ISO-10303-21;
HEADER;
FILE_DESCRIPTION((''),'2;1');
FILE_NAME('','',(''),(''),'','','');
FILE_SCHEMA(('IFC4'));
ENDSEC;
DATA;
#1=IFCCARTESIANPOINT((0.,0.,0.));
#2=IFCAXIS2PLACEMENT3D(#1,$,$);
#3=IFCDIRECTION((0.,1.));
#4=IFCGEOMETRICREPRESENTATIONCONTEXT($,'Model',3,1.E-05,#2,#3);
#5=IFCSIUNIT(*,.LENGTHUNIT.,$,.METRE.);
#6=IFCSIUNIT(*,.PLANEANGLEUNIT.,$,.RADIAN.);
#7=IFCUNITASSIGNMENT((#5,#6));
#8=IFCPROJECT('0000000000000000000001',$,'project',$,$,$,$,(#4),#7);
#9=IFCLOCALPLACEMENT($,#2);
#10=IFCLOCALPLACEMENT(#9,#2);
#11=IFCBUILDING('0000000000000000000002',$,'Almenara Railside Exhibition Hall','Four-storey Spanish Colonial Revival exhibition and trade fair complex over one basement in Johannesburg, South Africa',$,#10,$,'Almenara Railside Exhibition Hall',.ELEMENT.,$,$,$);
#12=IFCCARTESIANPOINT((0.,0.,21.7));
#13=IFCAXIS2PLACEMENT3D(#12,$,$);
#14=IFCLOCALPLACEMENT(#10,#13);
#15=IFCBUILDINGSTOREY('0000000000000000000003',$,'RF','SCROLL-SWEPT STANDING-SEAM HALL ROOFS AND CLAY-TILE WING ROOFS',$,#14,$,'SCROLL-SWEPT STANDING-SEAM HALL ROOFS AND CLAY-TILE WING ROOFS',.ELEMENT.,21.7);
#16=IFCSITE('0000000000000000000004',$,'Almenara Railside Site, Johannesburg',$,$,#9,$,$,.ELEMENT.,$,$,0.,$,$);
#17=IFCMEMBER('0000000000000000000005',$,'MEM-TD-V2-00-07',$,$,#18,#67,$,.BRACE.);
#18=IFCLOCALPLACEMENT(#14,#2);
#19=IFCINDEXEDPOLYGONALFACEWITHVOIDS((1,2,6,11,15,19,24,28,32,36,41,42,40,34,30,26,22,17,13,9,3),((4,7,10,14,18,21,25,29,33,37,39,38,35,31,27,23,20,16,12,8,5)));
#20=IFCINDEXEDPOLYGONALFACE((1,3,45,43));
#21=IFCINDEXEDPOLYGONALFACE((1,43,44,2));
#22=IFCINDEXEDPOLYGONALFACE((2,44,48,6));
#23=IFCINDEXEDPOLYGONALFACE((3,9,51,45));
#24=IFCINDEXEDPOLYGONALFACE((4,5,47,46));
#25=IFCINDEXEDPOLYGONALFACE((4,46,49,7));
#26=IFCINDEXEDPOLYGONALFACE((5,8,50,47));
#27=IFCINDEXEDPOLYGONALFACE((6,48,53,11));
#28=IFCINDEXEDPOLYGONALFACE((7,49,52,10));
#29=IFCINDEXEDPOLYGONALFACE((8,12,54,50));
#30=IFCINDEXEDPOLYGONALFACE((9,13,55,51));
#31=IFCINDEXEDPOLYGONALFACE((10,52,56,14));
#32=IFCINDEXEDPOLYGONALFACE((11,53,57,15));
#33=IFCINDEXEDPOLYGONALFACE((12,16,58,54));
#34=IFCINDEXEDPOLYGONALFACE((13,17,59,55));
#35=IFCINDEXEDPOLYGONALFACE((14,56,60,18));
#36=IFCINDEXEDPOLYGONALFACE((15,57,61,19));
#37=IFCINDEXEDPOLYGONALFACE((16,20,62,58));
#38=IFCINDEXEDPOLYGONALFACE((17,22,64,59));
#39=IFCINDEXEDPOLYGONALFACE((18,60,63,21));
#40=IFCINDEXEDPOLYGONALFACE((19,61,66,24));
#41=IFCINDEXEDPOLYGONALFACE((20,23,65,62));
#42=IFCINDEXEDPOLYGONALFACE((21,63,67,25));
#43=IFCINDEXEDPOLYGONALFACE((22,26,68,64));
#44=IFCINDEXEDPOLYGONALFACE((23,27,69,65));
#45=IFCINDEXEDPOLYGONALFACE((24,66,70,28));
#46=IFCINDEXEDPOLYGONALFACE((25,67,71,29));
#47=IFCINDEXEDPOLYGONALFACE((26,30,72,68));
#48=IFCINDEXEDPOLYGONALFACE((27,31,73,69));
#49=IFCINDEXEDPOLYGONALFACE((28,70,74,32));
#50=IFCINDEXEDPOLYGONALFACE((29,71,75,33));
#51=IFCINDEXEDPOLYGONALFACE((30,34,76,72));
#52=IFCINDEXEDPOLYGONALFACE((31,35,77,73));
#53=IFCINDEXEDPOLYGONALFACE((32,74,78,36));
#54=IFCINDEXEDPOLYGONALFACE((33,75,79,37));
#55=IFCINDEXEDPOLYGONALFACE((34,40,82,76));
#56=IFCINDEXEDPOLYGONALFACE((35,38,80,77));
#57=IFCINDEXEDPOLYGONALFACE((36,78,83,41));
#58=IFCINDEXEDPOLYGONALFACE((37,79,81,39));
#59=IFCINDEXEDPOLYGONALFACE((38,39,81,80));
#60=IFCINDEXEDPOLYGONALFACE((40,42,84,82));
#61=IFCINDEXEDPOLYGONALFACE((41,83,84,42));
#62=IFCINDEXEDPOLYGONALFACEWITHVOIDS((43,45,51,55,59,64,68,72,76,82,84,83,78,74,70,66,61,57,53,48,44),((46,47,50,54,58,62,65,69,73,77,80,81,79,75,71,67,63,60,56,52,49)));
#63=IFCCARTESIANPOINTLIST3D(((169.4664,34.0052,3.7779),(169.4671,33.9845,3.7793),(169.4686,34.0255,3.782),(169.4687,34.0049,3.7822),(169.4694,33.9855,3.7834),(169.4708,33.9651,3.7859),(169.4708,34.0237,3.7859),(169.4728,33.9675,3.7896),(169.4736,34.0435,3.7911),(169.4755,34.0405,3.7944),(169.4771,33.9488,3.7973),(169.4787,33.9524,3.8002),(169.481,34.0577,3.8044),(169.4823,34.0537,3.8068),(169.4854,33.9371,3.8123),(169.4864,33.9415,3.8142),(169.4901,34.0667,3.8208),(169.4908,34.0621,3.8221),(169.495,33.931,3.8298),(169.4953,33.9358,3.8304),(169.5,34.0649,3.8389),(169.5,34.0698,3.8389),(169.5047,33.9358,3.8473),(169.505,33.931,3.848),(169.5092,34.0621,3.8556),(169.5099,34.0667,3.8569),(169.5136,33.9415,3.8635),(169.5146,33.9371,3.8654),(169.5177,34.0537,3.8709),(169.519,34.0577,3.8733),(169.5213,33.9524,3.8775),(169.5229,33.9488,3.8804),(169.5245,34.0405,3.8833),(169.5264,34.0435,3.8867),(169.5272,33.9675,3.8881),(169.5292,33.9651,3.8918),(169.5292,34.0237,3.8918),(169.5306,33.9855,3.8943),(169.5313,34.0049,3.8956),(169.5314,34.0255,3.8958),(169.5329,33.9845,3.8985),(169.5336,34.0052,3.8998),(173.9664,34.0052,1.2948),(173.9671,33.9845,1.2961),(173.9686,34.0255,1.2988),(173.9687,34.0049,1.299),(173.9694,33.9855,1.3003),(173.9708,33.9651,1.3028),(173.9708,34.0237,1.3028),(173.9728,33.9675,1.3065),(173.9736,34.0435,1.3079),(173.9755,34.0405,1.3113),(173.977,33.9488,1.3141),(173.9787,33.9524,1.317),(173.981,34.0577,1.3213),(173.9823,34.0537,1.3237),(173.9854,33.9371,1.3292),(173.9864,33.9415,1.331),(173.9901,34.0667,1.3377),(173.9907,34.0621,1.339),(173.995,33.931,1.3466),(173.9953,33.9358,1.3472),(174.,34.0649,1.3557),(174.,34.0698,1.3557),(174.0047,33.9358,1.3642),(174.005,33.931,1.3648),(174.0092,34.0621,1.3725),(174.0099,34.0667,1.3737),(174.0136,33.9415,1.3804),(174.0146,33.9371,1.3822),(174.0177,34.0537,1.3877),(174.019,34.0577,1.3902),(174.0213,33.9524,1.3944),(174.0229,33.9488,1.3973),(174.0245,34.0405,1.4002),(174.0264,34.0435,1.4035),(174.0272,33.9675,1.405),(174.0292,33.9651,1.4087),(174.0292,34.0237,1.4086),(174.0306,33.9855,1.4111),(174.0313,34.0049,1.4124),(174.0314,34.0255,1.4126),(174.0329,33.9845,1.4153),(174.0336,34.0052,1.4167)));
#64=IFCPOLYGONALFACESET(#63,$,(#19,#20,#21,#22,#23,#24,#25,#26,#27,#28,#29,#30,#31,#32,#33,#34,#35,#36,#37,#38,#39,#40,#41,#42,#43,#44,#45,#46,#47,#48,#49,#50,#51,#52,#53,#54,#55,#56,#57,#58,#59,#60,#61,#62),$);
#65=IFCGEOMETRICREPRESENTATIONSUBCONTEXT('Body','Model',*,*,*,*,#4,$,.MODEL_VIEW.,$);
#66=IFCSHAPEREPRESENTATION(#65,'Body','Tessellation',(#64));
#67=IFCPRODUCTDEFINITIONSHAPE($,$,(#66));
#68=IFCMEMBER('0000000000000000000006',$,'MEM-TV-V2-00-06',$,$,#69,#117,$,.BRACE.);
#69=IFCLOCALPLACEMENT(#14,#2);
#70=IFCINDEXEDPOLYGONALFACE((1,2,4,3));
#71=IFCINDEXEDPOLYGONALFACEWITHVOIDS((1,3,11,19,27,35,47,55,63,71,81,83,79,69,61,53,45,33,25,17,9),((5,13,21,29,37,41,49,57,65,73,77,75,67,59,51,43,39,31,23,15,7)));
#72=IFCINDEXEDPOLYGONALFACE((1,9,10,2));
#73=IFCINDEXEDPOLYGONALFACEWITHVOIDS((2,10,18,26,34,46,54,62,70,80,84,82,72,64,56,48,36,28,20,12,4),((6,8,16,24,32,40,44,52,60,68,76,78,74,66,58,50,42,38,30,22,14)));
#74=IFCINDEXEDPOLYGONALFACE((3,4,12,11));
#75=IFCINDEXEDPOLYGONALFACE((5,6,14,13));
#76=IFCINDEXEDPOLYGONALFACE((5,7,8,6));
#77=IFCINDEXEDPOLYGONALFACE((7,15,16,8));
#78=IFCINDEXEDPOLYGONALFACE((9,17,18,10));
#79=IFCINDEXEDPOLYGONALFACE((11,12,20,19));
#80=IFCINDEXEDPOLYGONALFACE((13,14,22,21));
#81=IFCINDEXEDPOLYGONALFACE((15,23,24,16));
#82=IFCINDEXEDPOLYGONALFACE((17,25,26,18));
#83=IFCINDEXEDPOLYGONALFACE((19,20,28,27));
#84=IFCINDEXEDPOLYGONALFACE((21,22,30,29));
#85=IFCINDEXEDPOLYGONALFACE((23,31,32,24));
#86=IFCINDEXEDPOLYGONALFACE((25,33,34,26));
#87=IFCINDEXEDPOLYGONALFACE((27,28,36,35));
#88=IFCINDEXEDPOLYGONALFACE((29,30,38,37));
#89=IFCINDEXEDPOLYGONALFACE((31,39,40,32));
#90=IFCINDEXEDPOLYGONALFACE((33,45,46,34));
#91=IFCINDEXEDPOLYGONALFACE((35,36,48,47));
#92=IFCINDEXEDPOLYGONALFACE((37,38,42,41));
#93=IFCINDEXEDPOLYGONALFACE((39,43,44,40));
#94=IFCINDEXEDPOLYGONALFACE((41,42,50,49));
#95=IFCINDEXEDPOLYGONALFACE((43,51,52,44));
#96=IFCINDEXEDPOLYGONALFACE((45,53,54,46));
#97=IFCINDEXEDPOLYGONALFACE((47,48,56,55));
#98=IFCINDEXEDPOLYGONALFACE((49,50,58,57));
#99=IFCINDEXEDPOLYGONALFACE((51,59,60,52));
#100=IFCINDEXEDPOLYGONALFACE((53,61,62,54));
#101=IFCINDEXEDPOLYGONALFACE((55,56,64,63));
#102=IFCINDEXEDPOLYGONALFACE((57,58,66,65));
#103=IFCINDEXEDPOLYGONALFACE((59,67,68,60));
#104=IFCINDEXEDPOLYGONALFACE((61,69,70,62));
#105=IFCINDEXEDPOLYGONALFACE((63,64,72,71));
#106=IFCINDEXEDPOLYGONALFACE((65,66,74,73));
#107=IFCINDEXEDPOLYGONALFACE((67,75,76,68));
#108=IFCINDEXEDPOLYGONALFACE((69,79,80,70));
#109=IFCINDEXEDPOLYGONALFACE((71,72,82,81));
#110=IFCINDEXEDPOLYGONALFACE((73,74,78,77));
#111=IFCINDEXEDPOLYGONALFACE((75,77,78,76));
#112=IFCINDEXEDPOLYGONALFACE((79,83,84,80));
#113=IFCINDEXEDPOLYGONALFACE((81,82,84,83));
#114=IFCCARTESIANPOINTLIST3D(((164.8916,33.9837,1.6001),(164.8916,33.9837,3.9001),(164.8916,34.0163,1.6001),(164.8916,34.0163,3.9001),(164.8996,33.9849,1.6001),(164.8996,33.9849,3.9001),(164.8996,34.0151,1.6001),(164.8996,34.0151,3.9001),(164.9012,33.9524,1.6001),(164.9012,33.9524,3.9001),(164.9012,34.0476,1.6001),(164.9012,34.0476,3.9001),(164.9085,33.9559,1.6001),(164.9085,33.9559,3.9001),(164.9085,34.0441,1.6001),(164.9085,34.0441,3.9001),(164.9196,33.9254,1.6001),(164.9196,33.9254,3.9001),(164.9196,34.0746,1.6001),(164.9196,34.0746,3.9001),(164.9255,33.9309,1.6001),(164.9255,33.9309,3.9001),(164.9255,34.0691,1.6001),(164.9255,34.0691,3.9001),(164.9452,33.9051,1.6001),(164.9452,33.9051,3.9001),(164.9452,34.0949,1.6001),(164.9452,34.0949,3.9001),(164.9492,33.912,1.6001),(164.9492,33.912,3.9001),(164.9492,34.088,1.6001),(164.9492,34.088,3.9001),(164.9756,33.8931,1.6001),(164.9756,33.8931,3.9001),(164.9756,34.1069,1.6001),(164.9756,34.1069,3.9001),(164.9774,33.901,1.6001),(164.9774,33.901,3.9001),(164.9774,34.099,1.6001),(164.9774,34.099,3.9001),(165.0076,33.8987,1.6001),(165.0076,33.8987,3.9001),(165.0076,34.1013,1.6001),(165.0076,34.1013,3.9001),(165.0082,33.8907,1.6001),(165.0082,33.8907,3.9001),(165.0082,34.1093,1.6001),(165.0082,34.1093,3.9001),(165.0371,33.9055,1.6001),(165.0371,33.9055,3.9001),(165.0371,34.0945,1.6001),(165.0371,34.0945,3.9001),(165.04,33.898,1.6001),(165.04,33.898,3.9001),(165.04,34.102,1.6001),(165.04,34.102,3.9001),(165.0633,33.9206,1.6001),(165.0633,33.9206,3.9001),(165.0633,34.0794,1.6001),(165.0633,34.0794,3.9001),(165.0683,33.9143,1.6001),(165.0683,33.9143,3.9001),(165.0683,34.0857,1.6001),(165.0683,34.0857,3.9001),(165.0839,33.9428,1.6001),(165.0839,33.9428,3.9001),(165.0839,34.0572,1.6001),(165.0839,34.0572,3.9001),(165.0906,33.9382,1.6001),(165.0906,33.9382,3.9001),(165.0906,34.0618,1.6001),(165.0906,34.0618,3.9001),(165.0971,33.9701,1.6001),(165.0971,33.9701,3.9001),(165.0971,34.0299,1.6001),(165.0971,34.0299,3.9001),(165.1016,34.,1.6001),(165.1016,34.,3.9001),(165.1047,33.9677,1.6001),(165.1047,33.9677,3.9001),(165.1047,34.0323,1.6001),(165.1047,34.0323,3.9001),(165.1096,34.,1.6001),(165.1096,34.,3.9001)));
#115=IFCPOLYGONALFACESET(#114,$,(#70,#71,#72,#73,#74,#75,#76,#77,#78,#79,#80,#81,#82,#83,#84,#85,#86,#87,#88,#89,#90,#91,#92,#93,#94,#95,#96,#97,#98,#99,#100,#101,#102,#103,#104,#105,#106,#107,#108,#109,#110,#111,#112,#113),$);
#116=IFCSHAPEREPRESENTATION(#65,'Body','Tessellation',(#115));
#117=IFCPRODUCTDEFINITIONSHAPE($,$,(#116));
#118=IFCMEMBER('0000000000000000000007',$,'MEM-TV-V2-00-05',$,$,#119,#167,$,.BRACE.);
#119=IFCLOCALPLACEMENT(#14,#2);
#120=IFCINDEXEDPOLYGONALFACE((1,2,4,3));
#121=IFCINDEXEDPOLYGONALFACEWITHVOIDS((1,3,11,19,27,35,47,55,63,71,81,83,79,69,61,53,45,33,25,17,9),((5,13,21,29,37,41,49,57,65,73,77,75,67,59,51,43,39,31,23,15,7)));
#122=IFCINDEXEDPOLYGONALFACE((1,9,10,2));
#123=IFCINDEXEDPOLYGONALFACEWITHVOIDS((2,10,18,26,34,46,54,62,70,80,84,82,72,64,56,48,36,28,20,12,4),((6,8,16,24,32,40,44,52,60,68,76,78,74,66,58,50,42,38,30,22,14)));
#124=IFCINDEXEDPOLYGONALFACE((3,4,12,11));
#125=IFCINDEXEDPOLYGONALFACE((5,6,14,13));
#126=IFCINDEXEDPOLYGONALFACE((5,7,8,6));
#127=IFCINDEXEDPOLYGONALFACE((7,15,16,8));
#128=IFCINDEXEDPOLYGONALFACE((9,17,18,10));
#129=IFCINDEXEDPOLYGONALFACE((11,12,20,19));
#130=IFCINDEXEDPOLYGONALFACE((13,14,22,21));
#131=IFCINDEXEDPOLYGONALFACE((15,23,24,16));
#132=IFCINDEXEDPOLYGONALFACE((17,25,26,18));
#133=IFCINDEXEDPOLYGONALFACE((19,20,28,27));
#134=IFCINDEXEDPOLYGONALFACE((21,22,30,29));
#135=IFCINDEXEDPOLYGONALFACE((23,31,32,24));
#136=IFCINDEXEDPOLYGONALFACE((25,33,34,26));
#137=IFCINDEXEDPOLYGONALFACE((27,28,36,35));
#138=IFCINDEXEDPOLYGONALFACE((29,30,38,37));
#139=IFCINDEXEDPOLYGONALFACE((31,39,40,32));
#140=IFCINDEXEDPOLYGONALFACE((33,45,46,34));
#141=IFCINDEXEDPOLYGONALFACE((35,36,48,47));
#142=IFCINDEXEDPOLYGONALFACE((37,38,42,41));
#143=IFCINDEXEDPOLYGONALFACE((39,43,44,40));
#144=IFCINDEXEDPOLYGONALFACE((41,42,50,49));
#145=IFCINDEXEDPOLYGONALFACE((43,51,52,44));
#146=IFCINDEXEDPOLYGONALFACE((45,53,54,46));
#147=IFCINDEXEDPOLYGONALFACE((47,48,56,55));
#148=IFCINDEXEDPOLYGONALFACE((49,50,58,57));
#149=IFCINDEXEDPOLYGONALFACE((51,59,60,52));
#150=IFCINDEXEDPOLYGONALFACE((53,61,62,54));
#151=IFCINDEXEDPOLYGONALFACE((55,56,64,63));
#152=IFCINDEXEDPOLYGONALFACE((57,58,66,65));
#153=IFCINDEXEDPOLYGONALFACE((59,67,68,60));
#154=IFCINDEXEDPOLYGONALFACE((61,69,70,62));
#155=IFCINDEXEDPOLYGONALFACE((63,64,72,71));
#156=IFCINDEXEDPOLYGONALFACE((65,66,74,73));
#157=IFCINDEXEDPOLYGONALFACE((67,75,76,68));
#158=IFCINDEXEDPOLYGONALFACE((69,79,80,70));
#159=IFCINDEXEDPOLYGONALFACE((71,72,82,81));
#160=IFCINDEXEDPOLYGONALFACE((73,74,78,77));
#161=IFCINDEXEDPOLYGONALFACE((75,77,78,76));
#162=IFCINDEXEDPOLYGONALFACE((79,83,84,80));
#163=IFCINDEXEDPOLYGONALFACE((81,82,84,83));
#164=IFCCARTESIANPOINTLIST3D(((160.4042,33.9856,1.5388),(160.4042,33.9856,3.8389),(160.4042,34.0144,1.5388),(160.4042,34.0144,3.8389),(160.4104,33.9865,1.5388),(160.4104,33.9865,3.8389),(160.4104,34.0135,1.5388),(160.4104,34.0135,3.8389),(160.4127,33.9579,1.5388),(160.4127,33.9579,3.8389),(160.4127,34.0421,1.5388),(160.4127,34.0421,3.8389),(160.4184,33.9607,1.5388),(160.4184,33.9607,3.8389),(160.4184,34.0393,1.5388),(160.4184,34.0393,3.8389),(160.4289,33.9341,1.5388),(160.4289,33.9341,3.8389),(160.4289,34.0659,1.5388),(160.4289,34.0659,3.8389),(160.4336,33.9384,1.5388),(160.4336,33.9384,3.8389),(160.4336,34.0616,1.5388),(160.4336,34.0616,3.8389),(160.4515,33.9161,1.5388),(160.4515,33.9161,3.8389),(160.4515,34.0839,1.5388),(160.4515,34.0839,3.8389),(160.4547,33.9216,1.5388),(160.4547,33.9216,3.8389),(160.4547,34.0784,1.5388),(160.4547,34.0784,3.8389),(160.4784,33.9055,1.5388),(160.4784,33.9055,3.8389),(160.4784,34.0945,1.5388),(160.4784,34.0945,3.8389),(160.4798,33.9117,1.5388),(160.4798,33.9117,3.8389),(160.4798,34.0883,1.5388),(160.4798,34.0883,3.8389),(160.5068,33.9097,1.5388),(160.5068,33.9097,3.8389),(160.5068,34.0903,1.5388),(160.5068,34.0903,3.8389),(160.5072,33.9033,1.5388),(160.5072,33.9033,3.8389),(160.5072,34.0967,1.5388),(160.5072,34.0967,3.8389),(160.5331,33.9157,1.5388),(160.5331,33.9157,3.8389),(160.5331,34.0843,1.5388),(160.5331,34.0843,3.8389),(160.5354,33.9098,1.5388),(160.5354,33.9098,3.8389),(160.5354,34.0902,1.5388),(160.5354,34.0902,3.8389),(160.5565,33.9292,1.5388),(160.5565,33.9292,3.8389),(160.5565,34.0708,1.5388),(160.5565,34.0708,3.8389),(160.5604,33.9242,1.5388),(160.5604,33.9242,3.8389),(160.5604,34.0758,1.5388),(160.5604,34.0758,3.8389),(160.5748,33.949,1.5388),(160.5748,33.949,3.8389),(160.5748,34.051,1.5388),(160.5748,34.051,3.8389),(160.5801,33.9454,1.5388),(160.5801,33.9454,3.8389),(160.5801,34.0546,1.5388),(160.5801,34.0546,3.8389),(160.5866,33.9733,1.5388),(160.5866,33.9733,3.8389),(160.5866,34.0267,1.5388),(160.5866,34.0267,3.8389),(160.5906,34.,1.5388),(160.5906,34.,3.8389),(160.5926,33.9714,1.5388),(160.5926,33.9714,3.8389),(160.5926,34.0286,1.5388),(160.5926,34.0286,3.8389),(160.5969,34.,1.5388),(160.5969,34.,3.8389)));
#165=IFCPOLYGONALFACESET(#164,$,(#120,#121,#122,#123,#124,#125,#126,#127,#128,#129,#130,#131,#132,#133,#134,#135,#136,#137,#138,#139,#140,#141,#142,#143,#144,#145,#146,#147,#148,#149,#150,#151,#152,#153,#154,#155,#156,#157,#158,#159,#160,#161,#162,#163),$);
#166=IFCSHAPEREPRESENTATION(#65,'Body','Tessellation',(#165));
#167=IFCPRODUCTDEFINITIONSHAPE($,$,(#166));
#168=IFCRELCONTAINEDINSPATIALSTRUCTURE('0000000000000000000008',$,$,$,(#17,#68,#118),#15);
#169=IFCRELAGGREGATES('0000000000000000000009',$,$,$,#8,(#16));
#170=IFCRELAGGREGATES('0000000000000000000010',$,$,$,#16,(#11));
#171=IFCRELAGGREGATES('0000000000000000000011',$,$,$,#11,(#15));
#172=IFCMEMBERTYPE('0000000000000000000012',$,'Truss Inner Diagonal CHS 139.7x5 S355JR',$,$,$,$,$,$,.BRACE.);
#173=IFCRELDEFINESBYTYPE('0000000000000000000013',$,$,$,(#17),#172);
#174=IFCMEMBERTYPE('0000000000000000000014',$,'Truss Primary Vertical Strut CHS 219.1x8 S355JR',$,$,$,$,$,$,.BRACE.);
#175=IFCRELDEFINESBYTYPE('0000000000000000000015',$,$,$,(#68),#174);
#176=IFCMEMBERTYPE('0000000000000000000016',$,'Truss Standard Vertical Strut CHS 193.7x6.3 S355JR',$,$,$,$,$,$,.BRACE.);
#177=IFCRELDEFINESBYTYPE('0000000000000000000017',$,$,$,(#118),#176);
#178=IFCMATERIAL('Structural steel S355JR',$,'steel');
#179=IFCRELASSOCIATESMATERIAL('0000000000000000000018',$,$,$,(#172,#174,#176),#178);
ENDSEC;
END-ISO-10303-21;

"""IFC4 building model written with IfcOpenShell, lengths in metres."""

from ifc_helpers import new_model, si_unit, direction, frame, origin, origin_2d, place, context, subcontext, project, spatial, hollow_circle, extrude, material, material_profile, profile_set, type_object, element, save


model = new_model("IFC4")

# Units and contexts
model_context = context("Model", 3, precision=1e-05, world=origin(), true_north=direction((0.0, 1.0)))
body_context = subcontext(model_context, "Body", "Model", "MODEL_VIEW")
ifc_project = project(units=[si_unit("LENGTHUNIT", "METRE"), si_unit("PLANEANGLEUNIT", "RADIAN")], contexts=[model_context])

# Site, building, storey
site_placement = place(None, origin())
site = spatial("IfcSite", under=ifc_project, at=site_placement, Name="Almenara Railside Site, Johannesburg", CompositionType="ELEMENT", RefElevation=0.0)
building_placement = place(site_placement, origin())
building = spatial("IfcBuilding", under=site, at=building_placement, Name="Almenara Railside Exhibition Hall", Description="Four-storey Spanish Colonial Revival exhibition and trade fair complex over one basement in Johannesburg, South Africa", LongName="Almenara Railside Exhibition Hall", CompositionType="ELEMENT")
storey_placement = place(building_placement, frame((0.0, 0.0, 21.7)))
storey = spatial("IfcBuildingStorey", under=building, at=storey_placement, Name="RF", Description="SCROLL-SWEPT STANDING-SEAM HALL ROOFS AND CLAY-TILE WING ROOFS", LongName="SCROLL-SWEPT STANDING-SEAM HALL ROOFS AND CLAY-TILE WING ROOFS", CompositionType="ELEMENT", Elevation=21.7)

# Shared definitions
ifc_material_1 = material(Name="Structural steel S355JR", Category="steel")

# Members
ifc_material_profile_1 = material_profile(ifc_material_1, hollow_circle(Radius=0.0698, WallThickness=0.0049, at=origin_2d()), Name="CHS 139.7x5")
ifc_profile_set_1 = profile_set([ifc_material_profile_1], Name="Structural steel S355JR")
member_type_1 = type_object("IfcMemberType", Name="Truss Inner Diagonal CHS 139.7x5 S355JR", PredefinedType="BRACE", material=ifc_profile_set_1)
member_1_placement = place(storey_placement, frame((169.5, 34.0, 3.8389), z_axis=(0.875545, 0.0, -0.483136), x_axis=(0.0, 1.0, 0.0)))
element("IfcMember", 1, at=member_1_placement, inside=storey, type_object=member_type_1, Name="MEM-TD-V2-00-07", PredefinedType="BRACE", context=body_context, shape_type="SweptSolid", body=[
    extrude(hollow_circle(Radius=0.0698, WallThickness=0.0049, at=origin_2d()), origin(), (0.0, 0.0, 1.0), 5.1396),
])
ifc_material_profile_2 = material_profile(ifc_material_1, hollow_circle(Radius=0.1096, WallThickness=0.0081, at=origin_2d()), Name="CHS 219.1x8")
ifc_profile_set_2 = profile_set([ifc_material_profile_2], Name="Structural steel S355JR")
member_type_2 = type_object("IfcMemberType", Name="Truss Primary Vertical Strut CHS 219.1x8 S355JR", PredefinedType="BRACE", material=ifc_profile_set_2)
member_2_placement = place(storey_placement, frame((165.0, 34.0, 1.6001), z_axis=(0.0, 0.0, 1.0), x_axis=(1.0, 0.0, 0.0)))
element("IfcMember", 2, at=member_2_placement, inside=storey, type_object=member_type_2, Name="MEM-TV-V2-00-06", PredefinedType="BRACE", context=body_context, shape_type="SweptSolid", body=[
    extrude(hollow_circle(Radius=0.1096, WallThickness=0.0081, at=origin_2d()), origin(), (0.0, 0.0, 1.0), 2.3),
])
ifc_material_profile_3 = material_profile(ifc_material_1, hollow_circle(Radius=0.0969, WallThickness=0.0063, at=origin_2d()), Name="CHS 193.7x6.3")
ifc_profile_set_3 = profile_set([ifc_material_profile_3], Name="Structural steel S355JR")
member_type_3 = type_object("IfcMemberType", Name="Truss Standard Vertical Strut CHS 193.7x6.3 S355JR", PredefinedType="BRACE", material=ifc_profile_set_3)
for number, where, z_axis, x_axis, name in (
    (3, (160.5, 34.0, 1.5388), (0.0, 0.0, 1.0), (1.0, 0.0, 0.0), "MEM-TV-V2-00-05"),
):
    element("IfcMember", number, at=place(storey_placement, frame(where, z_axis=z_axis, x_axis=x_axis)), inside=storey, type_object=member_type_3, Name=name, PredefinedType="BRACE", context=body_context, shape_type="SweptSolid", body=[
        extrude(hollow_circle(Radius=0.0969, WallThickness=0.0063, at=origin_2d()), origin(), (0.0, 0.0, 1.0), 2.3),
    ])

save(model, "model.ifc")
